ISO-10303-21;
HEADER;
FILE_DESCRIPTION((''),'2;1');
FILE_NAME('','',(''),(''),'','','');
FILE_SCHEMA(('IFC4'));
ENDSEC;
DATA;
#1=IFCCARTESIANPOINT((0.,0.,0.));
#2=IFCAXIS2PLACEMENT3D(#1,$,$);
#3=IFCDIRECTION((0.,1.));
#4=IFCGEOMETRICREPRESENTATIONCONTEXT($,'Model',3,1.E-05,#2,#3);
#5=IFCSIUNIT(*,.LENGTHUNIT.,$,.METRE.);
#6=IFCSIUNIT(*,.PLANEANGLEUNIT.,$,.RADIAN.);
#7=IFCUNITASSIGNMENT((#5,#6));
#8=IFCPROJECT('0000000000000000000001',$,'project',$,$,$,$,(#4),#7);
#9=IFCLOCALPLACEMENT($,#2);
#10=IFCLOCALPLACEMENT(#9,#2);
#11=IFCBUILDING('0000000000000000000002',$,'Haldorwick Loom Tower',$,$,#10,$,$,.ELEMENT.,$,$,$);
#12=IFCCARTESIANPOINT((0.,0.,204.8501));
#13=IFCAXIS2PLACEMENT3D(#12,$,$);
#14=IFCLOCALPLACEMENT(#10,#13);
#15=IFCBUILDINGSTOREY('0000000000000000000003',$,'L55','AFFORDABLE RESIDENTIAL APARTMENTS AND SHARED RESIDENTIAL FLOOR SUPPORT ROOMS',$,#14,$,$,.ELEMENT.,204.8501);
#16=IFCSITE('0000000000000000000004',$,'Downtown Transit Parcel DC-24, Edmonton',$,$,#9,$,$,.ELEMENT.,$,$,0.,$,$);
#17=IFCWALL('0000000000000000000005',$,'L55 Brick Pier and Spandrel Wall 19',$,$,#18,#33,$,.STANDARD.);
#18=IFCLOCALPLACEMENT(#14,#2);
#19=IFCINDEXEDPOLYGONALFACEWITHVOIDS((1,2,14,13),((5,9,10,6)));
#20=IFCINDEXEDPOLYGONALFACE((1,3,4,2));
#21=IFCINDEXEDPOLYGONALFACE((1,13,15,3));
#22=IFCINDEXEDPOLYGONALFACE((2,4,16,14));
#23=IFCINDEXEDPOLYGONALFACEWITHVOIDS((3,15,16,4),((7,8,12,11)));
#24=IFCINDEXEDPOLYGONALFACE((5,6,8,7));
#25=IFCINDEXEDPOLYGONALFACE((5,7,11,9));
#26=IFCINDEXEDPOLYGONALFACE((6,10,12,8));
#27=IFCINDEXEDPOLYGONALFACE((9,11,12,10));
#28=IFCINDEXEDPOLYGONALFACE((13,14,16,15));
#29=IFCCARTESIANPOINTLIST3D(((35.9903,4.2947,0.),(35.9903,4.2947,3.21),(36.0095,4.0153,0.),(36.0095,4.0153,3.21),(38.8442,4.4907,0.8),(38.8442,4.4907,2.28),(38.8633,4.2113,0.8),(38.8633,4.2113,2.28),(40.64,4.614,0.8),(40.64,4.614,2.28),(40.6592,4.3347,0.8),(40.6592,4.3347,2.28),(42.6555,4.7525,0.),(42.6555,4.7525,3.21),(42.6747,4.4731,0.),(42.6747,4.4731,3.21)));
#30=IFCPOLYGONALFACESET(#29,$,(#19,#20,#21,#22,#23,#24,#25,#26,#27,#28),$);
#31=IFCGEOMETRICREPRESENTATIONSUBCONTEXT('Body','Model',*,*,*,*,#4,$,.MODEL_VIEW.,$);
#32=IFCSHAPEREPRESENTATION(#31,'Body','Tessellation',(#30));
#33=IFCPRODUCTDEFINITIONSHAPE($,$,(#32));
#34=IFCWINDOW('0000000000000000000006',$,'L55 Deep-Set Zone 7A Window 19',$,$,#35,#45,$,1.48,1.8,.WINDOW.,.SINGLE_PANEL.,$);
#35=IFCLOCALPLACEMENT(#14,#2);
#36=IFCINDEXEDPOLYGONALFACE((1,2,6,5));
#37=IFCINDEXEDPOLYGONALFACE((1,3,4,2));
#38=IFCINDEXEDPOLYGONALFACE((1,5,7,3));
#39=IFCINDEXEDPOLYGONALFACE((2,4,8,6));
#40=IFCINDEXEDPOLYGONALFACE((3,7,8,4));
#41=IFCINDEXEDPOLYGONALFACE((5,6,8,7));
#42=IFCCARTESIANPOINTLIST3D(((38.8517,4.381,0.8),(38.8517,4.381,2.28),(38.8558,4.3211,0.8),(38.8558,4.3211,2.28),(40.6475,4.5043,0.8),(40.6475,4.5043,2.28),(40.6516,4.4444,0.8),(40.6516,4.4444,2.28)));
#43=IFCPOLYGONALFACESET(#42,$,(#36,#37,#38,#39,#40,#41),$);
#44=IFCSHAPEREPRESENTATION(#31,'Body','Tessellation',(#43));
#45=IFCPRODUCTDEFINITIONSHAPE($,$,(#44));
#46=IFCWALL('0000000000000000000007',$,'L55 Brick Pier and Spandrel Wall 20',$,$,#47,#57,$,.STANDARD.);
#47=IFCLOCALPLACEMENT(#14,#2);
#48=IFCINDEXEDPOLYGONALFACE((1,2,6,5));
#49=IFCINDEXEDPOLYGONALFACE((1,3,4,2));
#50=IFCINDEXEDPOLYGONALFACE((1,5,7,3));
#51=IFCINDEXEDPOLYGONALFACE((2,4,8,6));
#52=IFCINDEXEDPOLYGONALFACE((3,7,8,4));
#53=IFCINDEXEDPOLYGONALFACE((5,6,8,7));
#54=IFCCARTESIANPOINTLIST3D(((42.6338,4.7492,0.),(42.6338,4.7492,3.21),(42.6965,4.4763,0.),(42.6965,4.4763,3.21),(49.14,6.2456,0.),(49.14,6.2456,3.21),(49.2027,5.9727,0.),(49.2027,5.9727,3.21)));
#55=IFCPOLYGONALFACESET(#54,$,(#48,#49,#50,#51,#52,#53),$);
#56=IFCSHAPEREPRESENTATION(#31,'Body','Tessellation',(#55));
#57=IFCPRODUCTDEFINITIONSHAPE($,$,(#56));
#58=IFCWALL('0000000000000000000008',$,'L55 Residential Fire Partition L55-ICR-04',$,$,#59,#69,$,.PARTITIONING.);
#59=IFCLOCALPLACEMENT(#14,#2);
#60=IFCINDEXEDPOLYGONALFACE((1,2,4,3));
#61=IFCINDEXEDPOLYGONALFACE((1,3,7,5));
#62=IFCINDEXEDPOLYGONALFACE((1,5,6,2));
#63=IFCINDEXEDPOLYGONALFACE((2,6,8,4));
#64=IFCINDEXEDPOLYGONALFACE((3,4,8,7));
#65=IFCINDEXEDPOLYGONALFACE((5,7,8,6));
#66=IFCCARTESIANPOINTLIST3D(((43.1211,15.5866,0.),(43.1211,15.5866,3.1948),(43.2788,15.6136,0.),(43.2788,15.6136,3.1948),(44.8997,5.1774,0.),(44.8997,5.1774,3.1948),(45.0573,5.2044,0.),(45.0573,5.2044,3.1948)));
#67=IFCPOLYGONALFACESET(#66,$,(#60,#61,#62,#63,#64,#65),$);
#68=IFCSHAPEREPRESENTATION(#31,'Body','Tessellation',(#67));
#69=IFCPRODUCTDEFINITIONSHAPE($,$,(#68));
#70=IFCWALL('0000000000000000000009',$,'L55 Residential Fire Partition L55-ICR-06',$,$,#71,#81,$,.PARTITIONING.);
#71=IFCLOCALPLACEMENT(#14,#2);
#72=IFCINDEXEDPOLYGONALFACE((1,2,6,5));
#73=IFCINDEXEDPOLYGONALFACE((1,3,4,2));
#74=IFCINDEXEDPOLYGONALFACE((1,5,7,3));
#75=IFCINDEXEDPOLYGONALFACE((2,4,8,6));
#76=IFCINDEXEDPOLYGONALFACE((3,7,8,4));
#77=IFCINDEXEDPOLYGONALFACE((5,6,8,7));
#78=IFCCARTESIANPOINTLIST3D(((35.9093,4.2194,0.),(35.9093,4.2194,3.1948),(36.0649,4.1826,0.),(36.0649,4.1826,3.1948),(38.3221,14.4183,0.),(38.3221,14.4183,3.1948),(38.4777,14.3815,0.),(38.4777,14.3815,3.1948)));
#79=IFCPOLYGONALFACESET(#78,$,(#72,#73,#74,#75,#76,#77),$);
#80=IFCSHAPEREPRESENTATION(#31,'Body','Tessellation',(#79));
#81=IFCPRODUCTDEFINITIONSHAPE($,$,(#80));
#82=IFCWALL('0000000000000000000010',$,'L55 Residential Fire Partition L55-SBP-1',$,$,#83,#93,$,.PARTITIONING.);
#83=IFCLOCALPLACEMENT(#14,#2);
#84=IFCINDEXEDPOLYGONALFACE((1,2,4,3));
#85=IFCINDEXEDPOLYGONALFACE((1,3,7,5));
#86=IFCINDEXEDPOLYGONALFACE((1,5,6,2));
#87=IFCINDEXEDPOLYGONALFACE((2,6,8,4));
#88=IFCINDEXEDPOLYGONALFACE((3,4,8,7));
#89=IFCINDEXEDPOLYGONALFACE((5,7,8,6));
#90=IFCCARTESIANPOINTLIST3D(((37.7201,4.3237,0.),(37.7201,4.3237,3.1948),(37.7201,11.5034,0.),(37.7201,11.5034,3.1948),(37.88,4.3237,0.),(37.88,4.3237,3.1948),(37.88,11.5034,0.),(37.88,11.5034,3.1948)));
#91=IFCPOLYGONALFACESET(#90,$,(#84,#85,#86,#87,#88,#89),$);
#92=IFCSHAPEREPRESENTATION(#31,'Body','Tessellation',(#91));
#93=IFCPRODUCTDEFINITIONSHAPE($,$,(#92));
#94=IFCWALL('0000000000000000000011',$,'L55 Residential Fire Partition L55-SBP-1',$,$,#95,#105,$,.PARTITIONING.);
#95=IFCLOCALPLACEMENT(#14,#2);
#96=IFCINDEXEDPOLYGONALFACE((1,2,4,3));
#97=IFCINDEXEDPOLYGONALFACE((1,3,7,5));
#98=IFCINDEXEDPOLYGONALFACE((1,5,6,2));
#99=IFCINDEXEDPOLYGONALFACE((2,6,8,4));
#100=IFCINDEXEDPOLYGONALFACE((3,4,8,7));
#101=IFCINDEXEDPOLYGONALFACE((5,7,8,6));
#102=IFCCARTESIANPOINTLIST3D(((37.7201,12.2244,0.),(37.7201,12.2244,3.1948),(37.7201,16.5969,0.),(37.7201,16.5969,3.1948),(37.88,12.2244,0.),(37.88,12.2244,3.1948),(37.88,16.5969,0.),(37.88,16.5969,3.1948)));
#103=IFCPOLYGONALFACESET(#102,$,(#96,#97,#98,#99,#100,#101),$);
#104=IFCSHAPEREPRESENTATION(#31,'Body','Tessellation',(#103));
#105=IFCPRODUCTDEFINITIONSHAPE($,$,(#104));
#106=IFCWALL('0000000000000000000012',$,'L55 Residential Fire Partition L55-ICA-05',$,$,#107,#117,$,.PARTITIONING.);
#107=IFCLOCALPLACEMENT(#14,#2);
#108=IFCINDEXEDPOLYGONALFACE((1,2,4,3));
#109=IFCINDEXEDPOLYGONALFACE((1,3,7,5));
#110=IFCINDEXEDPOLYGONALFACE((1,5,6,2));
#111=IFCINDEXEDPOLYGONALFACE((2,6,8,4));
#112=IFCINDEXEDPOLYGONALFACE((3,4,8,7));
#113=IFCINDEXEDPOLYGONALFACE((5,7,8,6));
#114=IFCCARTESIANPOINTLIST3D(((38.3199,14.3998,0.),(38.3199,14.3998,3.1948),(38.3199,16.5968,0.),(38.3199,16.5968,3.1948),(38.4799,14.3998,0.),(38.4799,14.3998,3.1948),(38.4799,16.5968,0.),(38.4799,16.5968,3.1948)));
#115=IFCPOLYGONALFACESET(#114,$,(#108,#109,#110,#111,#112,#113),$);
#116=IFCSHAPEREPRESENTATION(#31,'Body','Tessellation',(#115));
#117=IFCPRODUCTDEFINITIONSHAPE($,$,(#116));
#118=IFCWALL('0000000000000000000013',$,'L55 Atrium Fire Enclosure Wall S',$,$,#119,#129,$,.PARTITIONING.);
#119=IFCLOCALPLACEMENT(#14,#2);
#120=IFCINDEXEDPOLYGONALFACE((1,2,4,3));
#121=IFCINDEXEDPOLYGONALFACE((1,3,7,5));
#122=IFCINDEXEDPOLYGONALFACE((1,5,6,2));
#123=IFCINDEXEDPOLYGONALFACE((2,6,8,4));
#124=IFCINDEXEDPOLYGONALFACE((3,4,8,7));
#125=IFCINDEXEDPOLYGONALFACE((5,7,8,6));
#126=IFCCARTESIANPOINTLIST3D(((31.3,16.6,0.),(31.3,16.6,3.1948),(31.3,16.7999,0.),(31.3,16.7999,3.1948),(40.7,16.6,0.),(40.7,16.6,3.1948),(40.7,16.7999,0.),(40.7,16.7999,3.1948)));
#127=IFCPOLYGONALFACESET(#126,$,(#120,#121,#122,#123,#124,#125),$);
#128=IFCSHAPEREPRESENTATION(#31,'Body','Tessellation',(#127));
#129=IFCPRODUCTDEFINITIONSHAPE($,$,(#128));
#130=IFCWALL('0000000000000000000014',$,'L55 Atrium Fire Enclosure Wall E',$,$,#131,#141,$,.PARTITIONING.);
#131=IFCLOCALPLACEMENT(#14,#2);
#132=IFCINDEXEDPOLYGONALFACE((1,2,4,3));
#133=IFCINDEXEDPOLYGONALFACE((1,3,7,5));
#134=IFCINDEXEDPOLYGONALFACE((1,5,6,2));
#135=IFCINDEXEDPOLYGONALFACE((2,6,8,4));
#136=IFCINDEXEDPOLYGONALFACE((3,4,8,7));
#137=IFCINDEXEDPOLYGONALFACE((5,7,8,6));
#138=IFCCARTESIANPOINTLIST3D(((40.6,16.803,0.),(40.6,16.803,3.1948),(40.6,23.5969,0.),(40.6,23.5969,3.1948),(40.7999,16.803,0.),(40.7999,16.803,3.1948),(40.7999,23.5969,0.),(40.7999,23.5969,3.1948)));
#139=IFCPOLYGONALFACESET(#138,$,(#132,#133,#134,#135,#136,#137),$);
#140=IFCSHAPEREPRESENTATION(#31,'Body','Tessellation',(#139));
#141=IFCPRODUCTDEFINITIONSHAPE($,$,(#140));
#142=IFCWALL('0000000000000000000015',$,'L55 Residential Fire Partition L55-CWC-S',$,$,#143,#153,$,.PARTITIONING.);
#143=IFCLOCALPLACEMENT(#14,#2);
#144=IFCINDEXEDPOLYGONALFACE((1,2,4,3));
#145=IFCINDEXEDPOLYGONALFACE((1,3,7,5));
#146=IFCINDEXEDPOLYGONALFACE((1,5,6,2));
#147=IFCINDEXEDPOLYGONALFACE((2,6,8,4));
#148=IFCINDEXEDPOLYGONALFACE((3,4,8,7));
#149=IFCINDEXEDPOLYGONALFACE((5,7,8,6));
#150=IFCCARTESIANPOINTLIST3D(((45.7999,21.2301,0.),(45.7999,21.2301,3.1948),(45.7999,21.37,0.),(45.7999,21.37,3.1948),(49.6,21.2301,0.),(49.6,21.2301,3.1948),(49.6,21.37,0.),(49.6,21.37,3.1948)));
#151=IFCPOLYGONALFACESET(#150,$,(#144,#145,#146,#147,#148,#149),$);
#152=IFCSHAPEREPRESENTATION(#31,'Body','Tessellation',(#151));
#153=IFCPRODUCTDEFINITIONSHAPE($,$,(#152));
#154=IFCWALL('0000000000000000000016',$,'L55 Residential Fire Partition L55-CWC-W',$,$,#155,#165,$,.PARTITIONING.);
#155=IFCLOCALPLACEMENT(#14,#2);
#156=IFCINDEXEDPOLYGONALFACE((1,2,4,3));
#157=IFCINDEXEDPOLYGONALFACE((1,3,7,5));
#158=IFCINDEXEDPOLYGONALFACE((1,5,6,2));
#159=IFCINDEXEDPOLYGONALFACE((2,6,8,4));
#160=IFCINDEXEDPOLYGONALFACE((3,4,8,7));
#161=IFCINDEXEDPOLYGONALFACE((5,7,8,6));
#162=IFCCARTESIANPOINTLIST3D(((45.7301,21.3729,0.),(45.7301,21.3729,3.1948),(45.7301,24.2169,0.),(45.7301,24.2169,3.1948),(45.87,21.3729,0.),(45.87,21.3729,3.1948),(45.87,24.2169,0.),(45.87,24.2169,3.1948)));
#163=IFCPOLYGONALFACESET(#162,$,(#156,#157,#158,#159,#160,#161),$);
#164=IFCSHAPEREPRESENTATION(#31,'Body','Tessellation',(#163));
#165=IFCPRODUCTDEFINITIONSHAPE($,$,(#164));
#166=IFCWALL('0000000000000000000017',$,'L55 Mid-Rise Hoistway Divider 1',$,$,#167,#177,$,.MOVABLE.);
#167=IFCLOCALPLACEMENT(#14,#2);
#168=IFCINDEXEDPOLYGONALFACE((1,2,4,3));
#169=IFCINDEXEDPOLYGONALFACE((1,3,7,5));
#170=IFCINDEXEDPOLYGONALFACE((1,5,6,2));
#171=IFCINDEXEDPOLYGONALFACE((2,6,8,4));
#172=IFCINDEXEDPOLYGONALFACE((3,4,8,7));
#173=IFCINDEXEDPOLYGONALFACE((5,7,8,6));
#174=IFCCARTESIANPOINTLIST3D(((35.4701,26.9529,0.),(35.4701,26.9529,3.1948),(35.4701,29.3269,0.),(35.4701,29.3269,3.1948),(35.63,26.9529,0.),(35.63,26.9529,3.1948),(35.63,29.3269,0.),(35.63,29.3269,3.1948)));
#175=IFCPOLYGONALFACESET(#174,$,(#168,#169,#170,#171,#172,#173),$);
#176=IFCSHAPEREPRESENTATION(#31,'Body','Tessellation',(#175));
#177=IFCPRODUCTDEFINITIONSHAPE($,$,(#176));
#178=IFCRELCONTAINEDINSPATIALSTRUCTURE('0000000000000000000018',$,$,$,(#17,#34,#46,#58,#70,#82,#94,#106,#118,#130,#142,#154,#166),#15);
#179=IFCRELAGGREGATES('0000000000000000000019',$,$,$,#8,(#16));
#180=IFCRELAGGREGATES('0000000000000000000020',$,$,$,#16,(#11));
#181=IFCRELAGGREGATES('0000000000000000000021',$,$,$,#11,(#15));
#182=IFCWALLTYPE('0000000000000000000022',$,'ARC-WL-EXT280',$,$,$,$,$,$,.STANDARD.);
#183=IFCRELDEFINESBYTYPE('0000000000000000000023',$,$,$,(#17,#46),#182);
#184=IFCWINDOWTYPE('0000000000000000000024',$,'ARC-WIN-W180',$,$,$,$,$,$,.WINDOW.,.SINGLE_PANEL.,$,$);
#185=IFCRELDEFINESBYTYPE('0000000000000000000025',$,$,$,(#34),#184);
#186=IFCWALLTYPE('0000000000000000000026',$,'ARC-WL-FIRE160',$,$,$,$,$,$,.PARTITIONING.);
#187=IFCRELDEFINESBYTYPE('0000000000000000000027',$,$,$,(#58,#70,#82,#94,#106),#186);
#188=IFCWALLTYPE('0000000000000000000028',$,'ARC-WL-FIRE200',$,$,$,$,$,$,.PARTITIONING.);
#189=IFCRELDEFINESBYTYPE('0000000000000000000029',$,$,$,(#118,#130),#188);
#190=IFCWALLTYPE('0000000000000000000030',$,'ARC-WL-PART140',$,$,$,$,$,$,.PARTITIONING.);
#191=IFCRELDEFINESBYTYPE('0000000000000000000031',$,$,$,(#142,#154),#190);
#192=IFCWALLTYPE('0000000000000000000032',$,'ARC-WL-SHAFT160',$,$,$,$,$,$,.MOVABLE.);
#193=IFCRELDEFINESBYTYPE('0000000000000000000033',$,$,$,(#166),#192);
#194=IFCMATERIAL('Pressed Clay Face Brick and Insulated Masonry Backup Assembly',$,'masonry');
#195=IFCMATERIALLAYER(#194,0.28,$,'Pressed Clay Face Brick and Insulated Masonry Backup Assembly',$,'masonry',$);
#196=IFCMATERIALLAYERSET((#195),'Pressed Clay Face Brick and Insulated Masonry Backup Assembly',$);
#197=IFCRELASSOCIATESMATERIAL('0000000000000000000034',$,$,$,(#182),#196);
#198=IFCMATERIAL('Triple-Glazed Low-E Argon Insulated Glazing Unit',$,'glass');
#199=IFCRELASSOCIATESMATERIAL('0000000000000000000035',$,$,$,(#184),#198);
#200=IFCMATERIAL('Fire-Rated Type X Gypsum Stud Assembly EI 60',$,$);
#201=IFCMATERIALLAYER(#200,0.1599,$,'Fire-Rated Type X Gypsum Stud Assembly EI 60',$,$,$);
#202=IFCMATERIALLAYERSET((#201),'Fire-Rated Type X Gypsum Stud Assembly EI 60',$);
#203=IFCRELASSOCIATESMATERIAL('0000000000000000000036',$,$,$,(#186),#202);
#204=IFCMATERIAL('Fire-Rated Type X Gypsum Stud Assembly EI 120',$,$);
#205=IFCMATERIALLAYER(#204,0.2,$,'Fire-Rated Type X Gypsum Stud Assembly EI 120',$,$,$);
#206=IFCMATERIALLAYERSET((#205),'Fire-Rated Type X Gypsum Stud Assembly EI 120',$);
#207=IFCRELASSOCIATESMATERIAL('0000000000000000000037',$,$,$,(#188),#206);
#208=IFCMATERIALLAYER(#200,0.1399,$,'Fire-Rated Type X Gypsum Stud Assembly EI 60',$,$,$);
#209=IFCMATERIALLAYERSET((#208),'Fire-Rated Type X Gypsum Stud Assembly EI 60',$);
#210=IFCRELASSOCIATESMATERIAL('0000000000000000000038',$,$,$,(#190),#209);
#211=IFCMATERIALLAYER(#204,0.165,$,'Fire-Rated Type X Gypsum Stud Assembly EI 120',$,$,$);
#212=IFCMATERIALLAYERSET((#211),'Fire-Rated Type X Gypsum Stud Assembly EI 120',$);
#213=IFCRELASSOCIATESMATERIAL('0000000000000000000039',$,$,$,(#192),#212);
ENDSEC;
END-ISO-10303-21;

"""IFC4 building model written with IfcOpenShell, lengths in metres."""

from ifc_helpers import new_model, si_unit, direction, frame, frame_2d, origin, place, context, subcontext, project, spatial, rectangle, extrude, material, layer, layer_set, type_object, element, fill, save


model = new_model("IFC4")

# Units and contexts
model_context = context("Model", 3, precision=1e-05, world=origin(), true_north=direction((0.0, 1.0)))
body_context = subcontext(model_context, "Body", "Model", "MODEL_VIEW")
ifc_project = project(units=[si_unit("LENGTHUNIT", "METRE"), si_unit("PLANEANGLEUNIT", "RADIAN")], contexts=[model_context])

# Site, building, storey
site_placement = place(None, origin())
site = spatial("IfcSite", under=ifc_project, at=site_placement, Name="Downtown Transit Parcel DC-24, Edmonton", CompositionType="ELEMENT", RefElevation=0.0)
building_placement = place(site_placement, origin())
building = spatial("IfcBuilding", under=site, at=building_placement, Name="Haldorwick Loom Tower", CompositionType="ELEMENT")
storey_placement = place(building_placement, frame((0.0, 0.0, 204.8501)))
storey = spatial("IfcBuildingStorey", under=building, at=storey_placement, Name="L55", Description="AFFORDABLE RESIDENTIAL APARTMENTS AND SHARED RESIDENTIAL FLOOR SUPPORT ROOMS", CompositionType="ELEMENT", Elevation=204.8501)

# Wall, opening, window
ifc_material_1 = material(Name="Pressed Clay Face Brick and Insulated Masonry Backup Assembly", Category="masonry")
ifc_layer_1 = layer(ifc_material_1, 0.28, Name="Pressed Clay Face Brick and Insulated Masonry Backup Assembly", Category="masonry")
ifc_layer_set_1 = layer_set([ifc_layer_1], Name="Pressed Clay Face Brick and Insulated Masonry Backup Assembly")
wall_type_1 = type_object("IfcWallType", Name="ARC-WL-EXT280", PredefinedType="STANDARD", material=ifc_layer_set_1)
wall_1_placement = place(storey_placement, frame((36.0, 4.155, 0.0), z_axis=(0.0, 0.0, 1.0), x_axis=(0.99765, 0.068517, 0.0)))
wall_1 = element("IfcWall", 1, at=wall_1_placement, inside=storey, type_object=wall_type_1, Name="L55 Brick Pier and Spandrel Wall 19", PredefinedType="STANDARD", context=body_context, shape_type="SweptSolid", body=[
    extrude(rectangle(XDim=6.6809, YDim=0.28, at=frame_2d((3.3403, 0.0))), origin(), (0.0, 0.0, 1.0), 3.21),
])
opening_placement = place(wall_1_placement, frame((2.8606, 0.0, 0.8)))
opening = element("IfcOpeningElement", 2, at=opening_placement, cuts=wall_1, PredefinedType="OPENING", context=body_context, shape_type="SweptSolid", body=[
    extrude(rectangle(XDim=1.8, YDim=1.48, at=frame_2d((0.8999, 0.74))), frame((0.0, 0.1499, 0.0), z_axis=(0.0, -1.0, 0.0), x_axis=(1.0, 0.0, 0.0)), (0.0, 0.0, 1.0), 0.3),
])
ifc_material_2 = material(Name="Triple-Glazed Low-E Argon Insulated Glazing Unit", Category="glass")
window_type = type_object("IfcWindowType", Name="ARC-WIN-W180", PartitioningType="SINGLE_PANEL", PredefinedType="WINDOW", material=ifc_material_2)
window_placement = place(opening_placement, origin())
window = element("IfcWindow", 3, at=window_placement, inside=storey, type_object=window_type, Name="L55 Deep-Set Zone 7A Window 19", OverallHeight=1.48, OverallWidth=1.8, PartitioningType="SINGLE_PANEL", PredefinedType="WINDOW", context=body_context, shape_type="SweptSolid", body=[
    extrude(rectangle(XDim=1.8, YDim=1.48, at=frame_2d((0.8999, 0.74))), frame((0.0, 0.03, 0.0), z_axis=(0.0, -1.0, 0.0), x_axis=(1.0, 0.0, 0.0)), (0.0, 0.0, 1.0), 0.0601),
])
fill(opening, window)

# Walls
wall_2_placement = place(storey_placement, frame((42.6653, 4.6128, 0.0), z_axis=(0.0, 0.0, 1.0), x_axis=(0.974557, 0.224138, 0.0)))
element("IfcWall", 4, at=wall_2_placement, inside=storey, type_object=wall_type_1, Name="L55 Brick Pier and Spandrel Wall 20", PredefinedType="STANDARD", context=body_context, shape_type="SweptSolid", body=[
    extrude(rectangle(XDim=6.676, YDim=0.28, at=frame_2d((3.3379, 0.0))), origin(), (0.0, 0.0, 1.0), 3.21),
])
ifc_material_3 = material(Name="Fire-Rated Type X Gypsum Stud Assembly EI 60")
ifc_layer_2 = layer(ifc_material_3, 0.1599, Name="Fire-Rated Type X Gypsum Stud Assembly EI 60")
ifc_layer_set_2 = layer_set([ifc_layer_2], Name="Fire-Rated Type X Gypsum Stud Assembly EI 60")
wall_type_2 = type_object("IfcWallType", Name="ARC-WL-FIRE160", PredefinedType="PARTITIONING", material=ifc_layer_set_2)
wall_3_placement = place(storey_placement, frame((43.2, 15.6001, 0.0), z_axis=(0.0, 0.0, 1.0), x_axis=(0.168424, -0.985715, 0.0)))
element("IfcWall", 5, at=wall_3_placement, inside=storey, type_object=wall_type_2, Name="L55 Residential Fire Partition L55-ICR-04", PredefinedType="PARTITIONING", context=body_context, shape_type="SweptSolid", body=[
    extrude(rectangle(XDim=10.5601, YDim=0.1599, at=frame_2d((5.28, 0.0))), origin(), (0.0, 0.0, 1.0), 3.1948),
])
wall_4_placement = place(storey_placement, frame((38.3999, 14.3999, 0.0), z_axis=(0.0, 0.0, 1.0), x_axis=(-0.230222, -0.973138, 0.0)))
element("IfcWall", 6, at=wall_4_placement, inside=storey, type_object=wall_type_2, Name="L55 Residential Fire Partition L55-ICR-06", PredefinedType="PARTITIONING", context=body_context, shape_type="SweptSolid", body=[
    extrude(rectangle(XDim=10.4805, YDim=0.1599, at=frame_2d((5.2402, 0.0))), origin(), (0.0, 0.0, 1.0), 3.1948),
])
wall_5_placement = place(storey_placement, frame((37.8, 4.3237, 0.0), z_axis=(0.0, 0.0, 1.0), x_axis=(0.0, 1.0, 0.0)))
element("IfcWall", 7, at=wall_5_placement, inside=storey, type_object=wall_type_2, Name="L55 Residential Fire Partition L55-SBP-1", PredefinedType="PARTITIONING", context=body_context, shape_type="SweptSolid", body=[
    extrude(rectangle(XDim=7.1797, YDim=0.1599, at=frame_2d((3.5898, 0.0))), origin(), (0.0, 0.0, 1.0), 3.1948),
])
wall_6_placement = place(storey_placement, frame((37.8, 12.2244, 0.0), z_axis=(0.0, 0.0, 1.0), x_axis=(0.0, 1.0, 0.0)))
element("IfcWall", 8, at=wall_6_placement, inside=storey, type_object=wall_type_2, Name="L55 Residential Fire Partition L55-SBP-1", PredefinedType="PARTITIONING", context=body_context, shape_type="SweptSolid", body=[
    extrude(rectangle(XDim=4.3726, YDim=0.1599, at=frame_2d((2.1863, 0.0))), origin(), (0.0, 0.0, 1.0), 3.1948),
])
wall_7_placement = place(storey_placement, frame((38.3999, 16.5969, 0.0), z_axis=(0.0, 0.0, 1.0), x_axis=(0.0, -1.0, 0.0)))
element("IfcWall", 9, at=wall_7_placement, inside=storey, type_object=wall_type_2, Name="L55 Residential Fire Partition L55-ICA-05", PredefinedType="PARTITIONING", context=body_context, shape_type="SweptSolid", body=[
    extrude(rectangle(XDim=2.197, YDim=0.1599, at=frame_2d((1.0986, 0.0))), origin(), (0.0, 0.0, 1.0), 3.1948),
])
ifc_material_4 = material(Name="Fire-Rated Type X Gypsum Stud Assembly EI 120")
ifc_layer_3 = layer(ifc_material_4, 0.2, Name="Fire-Rated Type X Gypsum Stud Assembly EI 120")
ifc_layer_set_3 = layer_set([ifc_layer_3], Name="Fire-Rated Type X Gypsum Stud Assembly EI 120")
wall_type_3 = type_object("IfcWallType", Name="ARC-WL-FIRE200", PredefinedType="PARTITIONING", material=ifc_layer_set_3)
wall_8_placement = place(storey_placement, frame((40.7, 16.7, 0.0), z_axis=(0.0, 0.0, 1.0), x_axis=(-1.0, 0.0, 0.0)))
element("IfcWall", 10, at=wall_8_placement, inside=storey, type_object=wall_type_3, Name="L55 Atrium Fire Enclosure Wall S", PredefinedType="PARTITIONING", context=body_context, shape_type="SweptSolid", body=[
    extrude(rectangle(XDim=9.3999, YDim=0.2, at=frame_2d((4.7, 0.0))), origin(), (0.0, 0.0, 1.0), 3.1948),
])
wall_9_placement = place(storey_placement, frame((40.7, 23.5969, 0.0), z_axis=(0.0, 0.0, 1.0), x_axis=(0.0, -1.0, 0.0)))
element("IfcWall", 11, at=wall_9_placement, inside=storey, type_object=wall_type_3, Name="L55 Atrium Fire Enclosure Wall E", PredefinedType="PARTITIONING", context=body_context, shape_type="SweptSolid", body=[
    extrude(rectangle(XDim=6.7939, YDim=0.2, at=frame_2d((3.397, 0.0))), origin(), (0.0, 0.0, 1.0), 3.1948),
])
ifc_layer_4 = layer(ifc_material_3, 0.1399, Name="Fire-Rated Type X Gypsum Stud Assembly EI 60")
ifc_layer_set_4 = layer_set([ifc_layer_4], Name="Fire-Rated Type X Gypsum Stud Assembly EI 60")
wall_type_4 = type_object("IfcWallType", Name="ARC-WL-PART140", PredefinedType="PARTITIONING", material=ifc_layer_set_4)
wall_10_placement = place(storey_placement, frame((45.8, 21.3, 0.0), z_axis=(0.0, 0.0, 1.0), x_axis=(1.0, 0.0, 0.0)))
element("IfcWall", 12, at=wall_10_placement, inside=storey, type_object=wall_type_4, Name="L55 Residential Fire Partition L55-CWC-S", PredefinedType="PARTITIONING", context=body_context, shape_type="SweptSolid", body=[
    extrude(rectangle(XDim=3.8, YDim=0.1399, at=frame_2d((1.8999, 0.0))), origin(), (0.0, 0.0, 1.0), 3.1948),
])
wall_11_placement = place(storey_placement, frame((45.8, 21.373, 0.0), z_axis=(0.0, 0.0, 1.0), x_axis=(0.0, 1.0, 0.0)))
element("IfcWall", 13, at=wall_11_placement, inside=storey, type_object=wall_type_4, Name="L55 Residential Fire Partition L55-CWC-W", PredefinedType="PARTITIONING", context=body_context, shape_type="SweptSolid", body=[
    extrude(rectangle(XDim=2.844, YDim=0.1399, at=frame_2d((1.4219, 0.0))), origin(), (0.0, 0.0, 1.0), 3.1948),
])
ifc_layer_5 = layer(ifc_material_4, 0.165, Name="Fire-Rated Type X Gypsum Stud Assembly EI 120")
ifc_layer_set_5 = layer_set([ifc_layer_5], Name="Fire-Rated Type X Gypsum Stud Assembly EI 120")
wall_type_5 = type_object("IfcWallType", Name="ARC-WL-SHAFT160", PredefinedType="MOVABLE", material=ifc_layer_set_5)
for number, where, z_axis, x_axis, name in (
    (14, (35.55, 26.9529, 0.0), (0.0, 0.0, 1.0), (0.0, 1.0, 0.0), "L55 Mid-Rise Hoistway Divider 1"),
):
    element("IfcWall", number, at=place(storey_placement, frame(where, z_axis=z_axis, x_axis=x_axis)), inside=storey, type_object=wall_type_5, Name=name, PredefinedType="MOVABLE", context=body_context, shape_type="SweptSolid", body=[
        extrude(rectangle(XDim=2.374, YDim=0.1599, at=frame_2d((1.187, 0.0))), origin(), (0.0, 0.0, 1.0), 3.1948),
    ])

save(model, "model.ifc")
